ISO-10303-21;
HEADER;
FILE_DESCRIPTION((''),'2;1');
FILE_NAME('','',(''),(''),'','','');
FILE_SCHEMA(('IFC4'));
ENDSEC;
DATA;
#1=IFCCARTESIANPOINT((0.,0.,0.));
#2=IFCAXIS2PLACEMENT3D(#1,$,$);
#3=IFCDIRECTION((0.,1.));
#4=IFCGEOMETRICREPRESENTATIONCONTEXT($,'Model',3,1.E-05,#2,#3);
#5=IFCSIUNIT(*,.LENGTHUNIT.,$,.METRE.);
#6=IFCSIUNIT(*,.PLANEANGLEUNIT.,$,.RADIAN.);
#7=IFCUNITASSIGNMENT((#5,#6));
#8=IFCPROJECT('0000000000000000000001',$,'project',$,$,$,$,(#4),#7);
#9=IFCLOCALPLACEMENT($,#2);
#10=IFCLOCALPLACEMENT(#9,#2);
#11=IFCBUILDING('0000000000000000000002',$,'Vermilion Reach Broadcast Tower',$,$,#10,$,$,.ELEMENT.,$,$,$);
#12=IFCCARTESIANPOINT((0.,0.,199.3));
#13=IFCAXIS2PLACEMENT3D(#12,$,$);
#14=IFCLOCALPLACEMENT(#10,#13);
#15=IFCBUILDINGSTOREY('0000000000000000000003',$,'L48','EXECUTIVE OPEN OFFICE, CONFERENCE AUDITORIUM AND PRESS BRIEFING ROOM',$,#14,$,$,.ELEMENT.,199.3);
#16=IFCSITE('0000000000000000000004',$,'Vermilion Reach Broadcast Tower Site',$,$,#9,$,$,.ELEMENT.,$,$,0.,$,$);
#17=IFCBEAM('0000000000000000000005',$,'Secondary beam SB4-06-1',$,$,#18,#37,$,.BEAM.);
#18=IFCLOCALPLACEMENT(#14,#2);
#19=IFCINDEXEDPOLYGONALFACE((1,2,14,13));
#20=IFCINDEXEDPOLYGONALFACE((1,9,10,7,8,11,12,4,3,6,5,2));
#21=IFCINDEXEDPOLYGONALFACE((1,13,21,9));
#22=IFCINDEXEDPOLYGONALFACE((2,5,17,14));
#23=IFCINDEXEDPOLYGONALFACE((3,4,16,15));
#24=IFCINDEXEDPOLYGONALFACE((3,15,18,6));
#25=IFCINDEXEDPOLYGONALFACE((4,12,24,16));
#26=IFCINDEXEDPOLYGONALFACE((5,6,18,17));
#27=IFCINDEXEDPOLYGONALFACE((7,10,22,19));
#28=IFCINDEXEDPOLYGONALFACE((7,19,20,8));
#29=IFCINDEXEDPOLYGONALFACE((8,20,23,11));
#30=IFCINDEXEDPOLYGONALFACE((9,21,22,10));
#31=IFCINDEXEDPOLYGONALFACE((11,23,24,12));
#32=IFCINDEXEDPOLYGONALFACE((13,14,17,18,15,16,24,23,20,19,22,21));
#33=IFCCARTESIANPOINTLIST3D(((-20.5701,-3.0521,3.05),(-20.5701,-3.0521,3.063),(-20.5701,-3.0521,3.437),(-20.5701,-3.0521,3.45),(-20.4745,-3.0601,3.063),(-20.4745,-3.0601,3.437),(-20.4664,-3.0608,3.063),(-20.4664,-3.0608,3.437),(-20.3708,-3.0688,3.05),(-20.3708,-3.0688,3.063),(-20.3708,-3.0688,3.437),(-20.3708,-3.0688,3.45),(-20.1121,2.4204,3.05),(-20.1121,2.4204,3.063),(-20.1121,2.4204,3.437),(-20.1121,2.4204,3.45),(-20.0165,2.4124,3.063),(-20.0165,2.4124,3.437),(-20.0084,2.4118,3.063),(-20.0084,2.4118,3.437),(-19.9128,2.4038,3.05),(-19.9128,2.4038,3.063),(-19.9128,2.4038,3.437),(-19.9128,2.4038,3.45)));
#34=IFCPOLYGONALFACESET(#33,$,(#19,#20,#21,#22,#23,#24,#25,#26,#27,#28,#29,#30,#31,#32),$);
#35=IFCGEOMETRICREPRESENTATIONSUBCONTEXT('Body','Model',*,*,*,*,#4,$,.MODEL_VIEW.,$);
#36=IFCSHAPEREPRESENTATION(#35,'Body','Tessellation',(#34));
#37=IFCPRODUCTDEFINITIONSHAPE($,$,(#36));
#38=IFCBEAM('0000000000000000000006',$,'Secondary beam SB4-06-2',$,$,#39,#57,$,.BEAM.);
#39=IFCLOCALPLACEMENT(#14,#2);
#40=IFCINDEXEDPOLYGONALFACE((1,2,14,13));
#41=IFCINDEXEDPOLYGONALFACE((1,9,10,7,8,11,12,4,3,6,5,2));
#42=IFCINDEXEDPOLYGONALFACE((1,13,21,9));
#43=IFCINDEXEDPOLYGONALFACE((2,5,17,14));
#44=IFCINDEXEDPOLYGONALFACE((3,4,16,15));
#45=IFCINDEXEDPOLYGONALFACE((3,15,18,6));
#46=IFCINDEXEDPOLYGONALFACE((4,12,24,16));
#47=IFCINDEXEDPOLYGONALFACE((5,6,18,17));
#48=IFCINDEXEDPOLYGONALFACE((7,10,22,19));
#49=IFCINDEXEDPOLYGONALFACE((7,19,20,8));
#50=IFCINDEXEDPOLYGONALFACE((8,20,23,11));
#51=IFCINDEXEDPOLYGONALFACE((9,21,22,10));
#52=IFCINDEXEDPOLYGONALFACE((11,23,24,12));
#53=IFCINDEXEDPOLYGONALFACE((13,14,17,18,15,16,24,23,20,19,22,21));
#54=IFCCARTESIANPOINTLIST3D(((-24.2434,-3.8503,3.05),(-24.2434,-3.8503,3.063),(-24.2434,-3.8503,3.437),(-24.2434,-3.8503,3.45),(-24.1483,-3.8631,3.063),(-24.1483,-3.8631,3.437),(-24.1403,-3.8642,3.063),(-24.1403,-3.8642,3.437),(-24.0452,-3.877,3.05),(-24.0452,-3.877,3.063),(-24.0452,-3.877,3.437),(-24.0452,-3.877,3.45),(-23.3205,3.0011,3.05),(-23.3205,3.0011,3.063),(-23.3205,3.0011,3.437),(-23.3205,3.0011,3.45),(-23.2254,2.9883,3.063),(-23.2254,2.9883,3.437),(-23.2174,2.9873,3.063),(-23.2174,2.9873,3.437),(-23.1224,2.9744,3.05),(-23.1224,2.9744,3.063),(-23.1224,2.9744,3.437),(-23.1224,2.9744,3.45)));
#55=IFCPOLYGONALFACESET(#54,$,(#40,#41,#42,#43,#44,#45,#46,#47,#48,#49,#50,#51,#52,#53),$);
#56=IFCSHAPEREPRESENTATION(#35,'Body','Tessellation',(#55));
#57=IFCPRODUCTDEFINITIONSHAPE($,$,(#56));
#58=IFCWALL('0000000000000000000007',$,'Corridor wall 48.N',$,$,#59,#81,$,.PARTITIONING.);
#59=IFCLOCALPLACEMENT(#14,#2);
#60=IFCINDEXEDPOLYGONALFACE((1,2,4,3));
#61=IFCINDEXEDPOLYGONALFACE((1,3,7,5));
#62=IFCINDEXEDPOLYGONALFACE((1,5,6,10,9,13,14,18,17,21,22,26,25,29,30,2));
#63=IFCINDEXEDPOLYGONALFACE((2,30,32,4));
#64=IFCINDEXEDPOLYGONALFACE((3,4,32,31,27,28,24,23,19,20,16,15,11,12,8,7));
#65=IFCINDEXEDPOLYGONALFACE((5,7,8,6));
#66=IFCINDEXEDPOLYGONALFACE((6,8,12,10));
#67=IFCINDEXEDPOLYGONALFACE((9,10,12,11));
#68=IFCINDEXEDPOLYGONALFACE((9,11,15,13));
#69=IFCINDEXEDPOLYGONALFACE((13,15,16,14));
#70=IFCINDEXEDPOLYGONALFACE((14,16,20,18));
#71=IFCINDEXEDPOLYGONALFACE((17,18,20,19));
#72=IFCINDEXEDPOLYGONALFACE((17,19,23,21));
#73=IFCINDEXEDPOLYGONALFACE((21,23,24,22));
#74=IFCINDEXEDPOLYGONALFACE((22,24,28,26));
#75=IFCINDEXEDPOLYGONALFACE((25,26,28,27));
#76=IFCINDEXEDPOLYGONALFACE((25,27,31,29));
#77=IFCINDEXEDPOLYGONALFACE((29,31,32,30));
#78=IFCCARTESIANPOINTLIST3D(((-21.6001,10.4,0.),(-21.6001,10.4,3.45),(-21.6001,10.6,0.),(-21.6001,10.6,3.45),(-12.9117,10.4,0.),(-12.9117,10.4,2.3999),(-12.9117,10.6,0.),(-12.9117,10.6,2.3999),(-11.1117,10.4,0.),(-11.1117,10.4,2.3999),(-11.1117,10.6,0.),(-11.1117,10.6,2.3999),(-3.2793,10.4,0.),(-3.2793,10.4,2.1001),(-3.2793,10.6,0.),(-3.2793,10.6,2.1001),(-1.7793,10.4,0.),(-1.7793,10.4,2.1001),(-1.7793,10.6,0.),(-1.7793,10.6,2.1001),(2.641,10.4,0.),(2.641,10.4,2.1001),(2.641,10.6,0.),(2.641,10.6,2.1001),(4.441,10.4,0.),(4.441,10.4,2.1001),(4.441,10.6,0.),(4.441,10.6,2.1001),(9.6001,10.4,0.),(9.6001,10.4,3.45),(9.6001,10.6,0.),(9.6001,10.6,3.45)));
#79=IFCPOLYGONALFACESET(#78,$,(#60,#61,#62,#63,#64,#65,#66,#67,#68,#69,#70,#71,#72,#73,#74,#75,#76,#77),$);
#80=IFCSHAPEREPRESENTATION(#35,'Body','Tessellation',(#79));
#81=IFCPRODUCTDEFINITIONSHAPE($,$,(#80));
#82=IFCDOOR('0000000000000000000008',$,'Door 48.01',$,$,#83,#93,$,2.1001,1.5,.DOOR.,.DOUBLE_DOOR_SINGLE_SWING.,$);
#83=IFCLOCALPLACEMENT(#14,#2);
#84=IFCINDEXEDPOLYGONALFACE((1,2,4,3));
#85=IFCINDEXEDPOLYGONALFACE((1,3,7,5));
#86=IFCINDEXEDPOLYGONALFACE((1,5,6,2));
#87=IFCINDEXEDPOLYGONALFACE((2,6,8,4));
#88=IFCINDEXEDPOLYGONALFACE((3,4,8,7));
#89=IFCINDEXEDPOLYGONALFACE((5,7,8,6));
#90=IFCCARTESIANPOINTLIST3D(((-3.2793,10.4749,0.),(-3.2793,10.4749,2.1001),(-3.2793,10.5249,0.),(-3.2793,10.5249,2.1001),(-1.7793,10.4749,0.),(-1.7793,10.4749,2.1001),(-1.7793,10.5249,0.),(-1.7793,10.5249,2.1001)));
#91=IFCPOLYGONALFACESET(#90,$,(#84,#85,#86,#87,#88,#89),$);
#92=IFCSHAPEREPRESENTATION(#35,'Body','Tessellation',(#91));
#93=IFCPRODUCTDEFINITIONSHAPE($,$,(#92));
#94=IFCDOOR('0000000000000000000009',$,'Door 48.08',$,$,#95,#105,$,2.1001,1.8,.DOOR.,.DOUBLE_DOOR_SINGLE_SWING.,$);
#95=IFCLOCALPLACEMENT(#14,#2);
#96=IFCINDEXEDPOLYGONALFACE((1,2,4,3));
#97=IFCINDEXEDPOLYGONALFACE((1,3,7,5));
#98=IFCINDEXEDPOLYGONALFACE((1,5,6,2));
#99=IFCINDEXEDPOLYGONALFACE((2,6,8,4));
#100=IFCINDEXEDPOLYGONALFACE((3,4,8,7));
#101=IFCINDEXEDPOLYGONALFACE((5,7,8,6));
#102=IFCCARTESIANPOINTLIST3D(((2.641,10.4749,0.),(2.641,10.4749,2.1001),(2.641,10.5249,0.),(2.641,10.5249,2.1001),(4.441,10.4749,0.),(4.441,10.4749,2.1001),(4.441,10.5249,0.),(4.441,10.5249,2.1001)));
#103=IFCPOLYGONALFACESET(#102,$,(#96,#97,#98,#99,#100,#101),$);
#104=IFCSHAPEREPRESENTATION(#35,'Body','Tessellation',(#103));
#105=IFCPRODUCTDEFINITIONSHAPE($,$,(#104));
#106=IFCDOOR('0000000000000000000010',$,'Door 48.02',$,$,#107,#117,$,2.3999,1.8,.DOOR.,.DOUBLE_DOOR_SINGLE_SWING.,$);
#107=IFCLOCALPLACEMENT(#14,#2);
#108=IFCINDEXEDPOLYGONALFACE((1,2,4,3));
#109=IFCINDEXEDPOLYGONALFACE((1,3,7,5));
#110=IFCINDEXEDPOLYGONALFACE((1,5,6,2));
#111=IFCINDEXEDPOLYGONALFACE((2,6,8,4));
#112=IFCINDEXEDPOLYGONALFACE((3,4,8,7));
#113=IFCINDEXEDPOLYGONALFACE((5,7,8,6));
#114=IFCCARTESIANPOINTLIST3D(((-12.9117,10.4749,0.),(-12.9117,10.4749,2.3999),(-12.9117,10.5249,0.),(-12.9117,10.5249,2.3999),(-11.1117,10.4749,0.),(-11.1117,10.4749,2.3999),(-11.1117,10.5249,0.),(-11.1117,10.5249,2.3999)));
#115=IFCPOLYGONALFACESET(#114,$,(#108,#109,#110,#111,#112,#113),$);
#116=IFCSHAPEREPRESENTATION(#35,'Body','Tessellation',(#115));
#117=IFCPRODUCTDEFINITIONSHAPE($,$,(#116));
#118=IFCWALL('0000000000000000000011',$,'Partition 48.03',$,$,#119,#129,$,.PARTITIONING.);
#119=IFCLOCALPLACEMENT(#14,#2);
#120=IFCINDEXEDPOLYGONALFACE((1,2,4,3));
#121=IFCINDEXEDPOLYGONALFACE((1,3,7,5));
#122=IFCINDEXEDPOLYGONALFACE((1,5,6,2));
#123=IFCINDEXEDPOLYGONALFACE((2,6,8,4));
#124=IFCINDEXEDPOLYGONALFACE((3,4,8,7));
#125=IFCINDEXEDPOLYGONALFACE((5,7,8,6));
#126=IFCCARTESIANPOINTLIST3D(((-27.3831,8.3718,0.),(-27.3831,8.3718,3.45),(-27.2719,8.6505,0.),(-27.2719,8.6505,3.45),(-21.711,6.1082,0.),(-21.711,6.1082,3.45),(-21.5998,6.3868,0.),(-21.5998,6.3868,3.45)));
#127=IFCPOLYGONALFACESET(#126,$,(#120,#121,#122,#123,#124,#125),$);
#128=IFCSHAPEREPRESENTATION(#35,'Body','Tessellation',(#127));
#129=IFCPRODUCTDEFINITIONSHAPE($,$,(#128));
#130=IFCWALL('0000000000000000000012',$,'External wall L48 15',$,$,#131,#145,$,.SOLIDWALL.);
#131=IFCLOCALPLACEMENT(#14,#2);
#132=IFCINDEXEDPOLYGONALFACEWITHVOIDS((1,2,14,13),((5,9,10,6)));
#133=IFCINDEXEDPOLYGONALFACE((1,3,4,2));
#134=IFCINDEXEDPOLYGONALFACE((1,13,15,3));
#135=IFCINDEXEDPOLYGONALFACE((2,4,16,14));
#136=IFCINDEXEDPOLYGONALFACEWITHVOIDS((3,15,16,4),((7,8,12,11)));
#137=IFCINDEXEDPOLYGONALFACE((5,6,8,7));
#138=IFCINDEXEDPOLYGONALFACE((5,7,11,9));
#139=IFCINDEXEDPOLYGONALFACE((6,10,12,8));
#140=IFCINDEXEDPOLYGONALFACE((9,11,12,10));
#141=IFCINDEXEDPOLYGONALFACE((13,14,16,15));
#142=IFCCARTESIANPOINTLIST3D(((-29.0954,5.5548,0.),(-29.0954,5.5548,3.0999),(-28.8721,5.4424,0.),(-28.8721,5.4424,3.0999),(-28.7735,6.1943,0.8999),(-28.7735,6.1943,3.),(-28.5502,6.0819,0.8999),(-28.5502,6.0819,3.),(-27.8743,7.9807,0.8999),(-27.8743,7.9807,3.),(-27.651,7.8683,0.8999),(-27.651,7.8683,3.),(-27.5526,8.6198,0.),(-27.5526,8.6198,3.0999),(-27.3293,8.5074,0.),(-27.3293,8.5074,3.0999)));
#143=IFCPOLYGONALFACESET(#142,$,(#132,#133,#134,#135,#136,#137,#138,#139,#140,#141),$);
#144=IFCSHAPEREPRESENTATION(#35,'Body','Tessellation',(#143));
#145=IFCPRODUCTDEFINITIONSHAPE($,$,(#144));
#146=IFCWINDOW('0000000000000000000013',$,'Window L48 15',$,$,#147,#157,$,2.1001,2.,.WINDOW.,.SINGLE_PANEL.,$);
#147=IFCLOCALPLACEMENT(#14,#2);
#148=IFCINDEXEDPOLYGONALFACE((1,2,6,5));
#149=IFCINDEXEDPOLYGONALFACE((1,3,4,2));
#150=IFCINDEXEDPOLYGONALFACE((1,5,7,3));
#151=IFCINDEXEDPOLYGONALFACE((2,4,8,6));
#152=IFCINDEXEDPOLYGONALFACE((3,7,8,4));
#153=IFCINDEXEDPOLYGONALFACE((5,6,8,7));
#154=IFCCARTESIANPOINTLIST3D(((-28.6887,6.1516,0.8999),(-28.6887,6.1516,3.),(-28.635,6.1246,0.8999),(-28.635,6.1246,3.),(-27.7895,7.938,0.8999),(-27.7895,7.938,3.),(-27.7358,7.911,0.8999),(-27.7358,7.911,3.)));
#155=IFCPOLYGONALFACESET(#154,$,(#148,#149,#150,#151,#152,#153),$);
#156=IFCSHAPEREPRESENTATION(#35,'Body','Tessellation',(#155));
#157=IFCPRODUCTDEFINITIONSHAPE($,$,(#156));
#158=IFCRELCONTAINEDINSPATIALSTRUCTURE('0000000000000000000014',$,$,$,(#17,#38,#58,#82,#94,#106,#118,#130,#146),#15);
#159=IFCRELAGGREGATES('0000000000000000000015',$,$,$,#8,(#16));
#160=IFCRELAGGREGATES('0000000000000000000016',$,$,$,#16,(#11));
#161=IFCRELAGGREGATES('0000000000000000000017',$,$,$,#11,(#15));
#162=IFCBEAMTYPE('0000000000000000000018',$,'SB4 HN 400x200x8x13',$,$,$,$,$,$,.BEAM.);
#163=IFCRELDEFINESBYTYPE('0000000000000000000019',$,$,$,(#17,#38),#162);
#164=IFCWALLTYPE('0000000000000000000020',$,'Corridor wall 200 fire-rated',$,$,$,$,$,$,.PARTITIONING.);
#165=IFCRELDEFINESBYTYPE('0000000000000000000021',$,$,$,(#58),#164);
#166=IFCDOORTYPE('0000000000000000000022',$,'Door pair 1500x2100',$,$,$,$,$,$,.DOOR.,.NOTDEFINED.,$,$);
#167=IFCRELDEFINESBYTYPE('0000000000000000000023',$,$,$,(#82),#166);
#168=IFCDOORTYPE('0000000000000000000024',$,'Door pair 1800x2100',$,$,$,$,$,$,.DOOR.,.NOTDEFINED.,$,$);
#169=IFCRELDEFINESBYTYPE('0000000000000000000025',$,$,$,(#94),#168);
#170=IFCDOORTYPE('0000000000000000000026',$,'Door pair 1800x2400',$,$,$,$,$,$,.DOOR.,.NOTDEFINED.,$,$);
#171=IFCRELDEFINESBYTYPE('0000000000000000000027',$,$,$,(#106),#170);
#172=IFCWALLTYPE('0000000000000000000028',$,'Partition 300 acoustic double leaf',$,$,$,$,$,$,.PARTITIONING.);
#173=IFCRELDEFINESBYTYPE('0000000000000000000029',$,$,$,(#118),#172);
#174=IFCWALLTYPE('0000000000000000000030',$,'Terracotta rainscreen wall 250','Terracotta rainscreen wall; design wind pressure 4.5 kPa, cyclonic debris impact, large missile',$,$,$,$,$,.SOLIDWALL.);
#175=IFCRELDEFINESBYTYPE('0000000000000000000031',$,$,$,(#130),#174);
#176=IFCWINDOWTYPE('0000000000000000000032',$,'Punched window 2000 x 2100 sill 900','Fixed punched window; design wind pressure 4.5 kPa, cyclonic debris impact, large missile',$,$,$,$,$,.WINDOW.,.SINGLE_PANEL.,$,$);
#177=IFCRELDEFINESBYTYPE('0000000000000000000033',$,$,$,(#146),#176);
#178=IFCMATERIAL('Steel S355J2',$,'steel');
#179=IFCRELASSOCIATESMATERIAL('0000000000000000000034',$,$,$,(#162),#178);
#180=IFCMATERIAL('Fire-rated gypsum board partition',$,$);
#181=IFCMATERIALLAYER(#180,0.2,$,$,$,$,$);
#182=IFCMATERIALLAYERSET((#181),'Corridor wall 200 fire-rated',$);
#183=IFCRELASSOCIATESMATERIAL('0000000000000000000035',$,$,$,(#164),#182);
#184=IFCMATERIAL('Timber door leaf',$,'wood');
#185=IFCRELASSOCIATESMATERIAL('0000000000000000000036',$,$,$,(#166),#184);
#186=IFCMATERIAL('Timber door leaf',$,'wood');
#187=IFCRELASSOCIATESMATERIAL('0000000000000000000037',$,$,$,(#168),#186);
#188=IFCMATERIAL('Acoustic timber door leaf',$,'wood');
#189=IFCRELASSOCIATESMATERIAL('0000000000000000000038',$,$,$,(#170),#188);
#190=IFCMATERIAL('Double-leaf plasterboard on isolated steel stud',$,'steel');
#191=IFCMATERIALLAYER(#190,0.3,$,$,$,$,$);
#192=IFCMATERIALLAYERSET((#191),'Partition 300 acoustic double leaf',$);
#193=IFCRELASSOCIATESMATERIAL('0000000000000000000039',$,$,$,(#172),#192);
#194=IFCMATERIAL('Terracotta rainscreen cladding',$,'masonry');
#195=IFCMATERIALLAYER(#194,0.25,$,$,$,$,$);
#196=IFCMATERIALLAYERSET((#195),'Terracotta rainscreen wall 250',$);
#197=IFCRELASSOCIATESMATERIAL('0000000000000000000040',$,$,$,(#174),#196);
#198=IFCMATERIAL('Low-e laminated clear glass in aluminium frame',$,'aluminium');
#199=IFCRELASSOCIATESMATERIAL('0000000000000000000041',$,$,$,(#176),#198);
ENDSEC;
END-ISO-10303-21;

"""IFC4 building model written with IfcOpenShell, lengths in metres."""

from ifc_helpers import new_model, si_unit, direction, frame, frame_2d, origin, origin_2d, place, context, subcontext, project, spatial, rectangle, i_section, extrude, material, layer, layer_set, material_profile, profile_set, type_object, element, fill, save


model = new_model("IFC4")

# Units and contexts
model_context = context("Model", 3, precision=1e-05, world=origin(), true_north=direction((0.0, 1.0)))
body_context = subcontext(model_context, "Body", "Model", "MODEL_VIEW")
ifc_project = project(units=[si_unit("LENGTHUNIT", "METRE"), si_unit("PLANEANGLEUNIT", "RADIAN")], contexts=[model_context])

# Site, building, storey
site_placement = place(None, origin())
site = spatial("IfcSite", under=ifc_project, at=site_placement, Name="Vermilion Reach Broadcast Tower Site", CompositionType="ELEMENT", RefElevation=0.0)
building_placement = place(site_placement, origin())
building = spatial("IfcBuilding", under=site, at=building_placement, Name="Vermilion Reach Broadcast Tower", CompositionType="ELEMENT")
storey_placement = place(building_placement, frame((0.0, 0.0, 199.3)))
storey = spatial("IfcBuildingStorey", under=building, at=storey_placement, Name="L48", Description="EXECUTIVE OPEN OFFICE, CONFERENCE AUDITORIUM AND PRESS BRIEFING ROOM", CompositionType="ELEMENT", Elevation=199.3)

# Beams
ifc_material_1 = material(Name="Steel S355J2", Category="steel")
ifc_material_profile_1 = material_profile(ifc_material_1, i_section(OverallWidth=0.2, OverallDepth=0.3999, WebThickness=0.0081, FlangeThickness=0.0129, at=origin_2d()), Name="S355J2 HN 400x200x8x13")
ifc_profile_set_1 = profile_set([ifc_material_profile_1], Name="Steel S355J2")
beam_type_1 = type_object("IfcBeamType", Name="SB4 HN 400x200x8x13", PredefinedType="BEAM", material=ifc_profile_set_1)
beam_1_placement = place(storey_placement, frame((-20.0125, 2.4121, 3.25), z_axis=(-0.083399, -0.996516, 0.0), x_axis=(0.996516, -0.083399, 0.0)))
element("IfcBeam", 1, at=beam_1_placement, inside=storey, type_object=beam_type_1, Name="Secondary beam SB4-06-1", PredefinedType="BEAM", context=body_context, shape_type="SweptSolid", body=[
    extrude(i_section(OverallWidth=0.2, OverallDepth=0.3999, WebThickness=0.0081, FlangeThickness=0.0129, at=origin_2d()), origin(), (0.0, 0.0, 1.0), 5.4917),
])
beam_2_placement = place(storey_placement, frame((-23.2214, 2.9878, 3.25), z_axis=(-0.133487, -0.991051, 0.0), x_axis=(0.991051, -0.133487, 0.0)))
element("IfcBeam", 2, at=beam_2_placement, inside=storey, type_object=beam_type_1, Name="Secondary beam SB4-06-2", PredefinedType="BEAM", context=body_context, shape_type="SweptSolid", body=[
    extrude(i_section(OverallWidth=0.2, OverallDepth=0.3999, WebThickness=0.0081, FlangeThickness=0.0129, at=origin_2d()), origin(), (0.0, 0.0, 1.0), 6.9133),
])

# Wall, openings, doors
ifc_material_2 = material(Name="Fire-rated gypsum board partition")
ifc_layer_1 = layer(ifc_material_2, 0.2)
ifc_layer_set_1 = layer_set([ifc_layer_1], Name="Corridor wall 200 fire-rated")
wall_type_1 = type_object("IfcWallType", Name="Corridor wall 200 fire-rated", PredefinedType="PARTITIONING", material=ifc_layer_set_1)
wall_1_placement = place(storey_placement, frame((-21.6001, 10.5, 0.0), z_axis=(0.0, 0.0, 1.0), x_axis=(1.0, 0.0, 0.0)))
wall_1 = element("IfcWall", 3, at=wall_1_placement, inside=storey, type_object=wall_type_1, Name="Corridor wall 48.N", PredefinedType="PARTITIONING", context=body_context, shape_type="SweptSolid", body=[
    extrude(rectangle(XDim=31.2002, YDim=0.2, at=frame_2d((15.6001, 0.0))), origin(), (0.0, 0.0, 1.0), 3.45),
])
opening_1_placement = place(wall_1_placement, frame((18.3208, 0.0, 0.0)))
opening_1 = element("IfcOpeningElement", 4, at=opening_1_placement, cuts=wall_1, PredefinedType="OPENING", context=body_context, shape_type="SweptSolid", body=[
    extrude(rectangle(XDim=1.5, YDim=2.1001, at=frame_2d((0.75, 1.05))), frame((0.0, 0.1099, 0.0), z_axis=(0.0, -1.0, 0.0), x_axis=(1.0, 0.0, 0.0)), (0.0, 0.0, 1.0), 0.22),
])
opening_2_placement = place(wall_1_placement, frame((8.6885, 0.0, 0.0)))
opening_2 = element("IfcOpeningElement", 5, at=opening_2_placement, cuts=wall_1, PredefinedType="OPENING", context=body_context, shape_type="SweptSolid", body=[
    extrude(rectangle(XDim=1.8, YDim=2.3999, at=frame_2d((0.8999, 1.2))), frame((0.0, 0.1099, 0.0), z_axis=(0.0, -1.0, 0.0), x_axis=(1.0, 0.0, 0.0)), (0.0, 0.0, 1.0), 0.22),
])
opening_3_placement = place(wall_1_placement, frame((24.2412, 0.0, 0.0)))
opening_3 = element("IfcOpeningElement", 6, at=opening_3_placement, cuts=wall_1, PredefinedType="OPENING", context=body_context, shape_type="SweptSolid", body=[
    extrude(rectangle(XDim=1.8, YDim=2.1001, at=frame_2d((0.8999, 1.05))), frame((0.0, 0.1099, 0.0), z_axis=(0.0, -1.0, 0.0), x_axis=(1.0, 0.0, 0.0)), (0.0, 0.0, 1.0), 0.22),
])
ifc_material_3 = material(Name="Timber door leaf", Category="wood")
door_type_1 = type_object("IfcDoorType", Name="Door pair 1500x2100", OperationType="NOTDEFINED", PredefinedType="DOOR", material=ifc_material_3)
door_1_placement = place(opening_1_placement, origin())
door_1 = element("IfcDoor", 7, at=door_1_placement, inside=storey, type_object=door_type_1, Name="Door 48.01", OperationType="DOUBLE_DOOR_SINGLE_SWING", OverallHeight=2.1001, OverallWidth=1.5, PredefinedType="DOOR", context=body_context, shape_type="SweptSolid", body=[
    extrude(rectangle(XDim=1.5, YDim=2.1001, at=frame_2d((0.75, 1.05))), frame((0.0, 0.0249, 0.0), z_axis=(0.0, -1.0, 0.0), x_axis=(1.0, 0.0, 0.0)), (0.0, 0.0, 1.0), 0.05),
])
fill(opening_1, door_1)
ifc_material_4 = material(Name="Timber door leaf", Category="wood")
door_type_2 = type_object("IfcDoorType", Name="Door pair 1800x2100", OperationType="NOTDEFINED", PredefinedType="DOOR", material=ifc_material_4)
door_2_placement = place(opening_3_placement, origin())
door_2 = element("IfcDoor", 8, at=door_2_placement, inside=storey, type_object=door_type_2, Name="Door 48.08", OperationType="DOUBLE_DOOR_SINGLE_SWING", OverallHeight=2.1001, OverallWidth=1.8, PredefinedType="DOOR", context=body_context, shape_type="SweptSolid", body=[
    extrude(rectangle(XDim=1.8, YDim=2.1001, at=frame_2d((0.8999, 1.05))), frame((0.0, 0.0249, 0.0), z_axis=(0.0, -1.0, 0.0), x_axis=(1.0, 0.0, 0.0)), (0.0, 0.0, 1.0), 0.05),
])
fill(opening_3, door_2)
ifc_material_5 = material(Name="Acoustic timber door leaf", Category="wood")
door_type_3 = type_object("IfcDoorType", Name="Door pair 1800x2400", OperationType="NOTDEFINED", PredefinedType="DOOR", material=ifc_material_5)
door_3_placement = place(opening_2_placement, origin())
door_3 = element("IfcDoor", 9, at=door_3_placement, inside=storey, type_object=door_type_3, Name="Door 48.02", OperationType="DOUBLE_DOOR_SINGLE_SWING", OverallHeight=2.3999, OverallWidth=1.8, PredefinedType="DOOR", context=body_context, shape_type="SweptSolid", body=[
    extrude(rectangle(XDim=1.8, YDim=2.3999, at=frame_2d((0.8999, 1.2))), frame((0.0, 0.0249, 0.0), z_axis=(0.0, -1.0, 0.0), x_axis=(1.0, 0.0, 0.0)), (0.0, 0.0, 1.0), 0.05),
])
fill(opening_2, door_3)

# Wall
ifc_material_6 = material(Name="Double-leaf plasterboard on isolated steel stud", Category="steel")
ifc_layer_2 = layer(ifc_material_6, 0.3)
ifc_layer_set_2 = layer_set([ifc_layer_2], Name="Partition 300 acoustic double leaf")
wall_type_2 = type_object("IfcWallType", Name="Partition 300 acoustic double leaf", PredefinedType="PARTITIONING", material=ifc_layer_set_2)
wall_2_placement = place(storey_placement, frame((-27.3276, 8.5112, 0.0), z_axis=(0.0, 0.0, 1.0), x_axis=(0.928769, -0.37066, 0.0)))
element("IfcWall", 10, at=wall_2_placement, inside=storey, type_object=wall_type_2, Name="Partition 48.03", PredefinedType="PARTITIONING", context=body_context, shape_type="SweptSolid", body=[
    extrude(rectangle(XDim=6.1072, YDim=0.3, at=frame_2d((3.0537, 0.0))), origin(), (0.0, 0.0, 1.0), 3.45),
])

# Wall, opening, window
ifc_material_7 = material(Name="Terracotta rainscreen cladding", Category="masonry")
ifc_layer_3 = layer(ifc_material_7, 0.25)
ifc_layer_set_3 = layer_set([ifc_layer_3], Name="Terracotta rainscreen wall 250")
wall_type_3 = type_object("IfcWallType", Name="Terracotta rainscreen wall 250", Description="Terracotta rainscreen wall; design wind pressure 4.5 kPa, cyclonic debris impact, large missile", PredefinedType="SOLIDWALL", material=ifc_layer_set_3)
wall_3_placement = place(storey_placement, frame((-27.4409, 8.5637, 0.0), z_axis=(0.0, 0.0, 1.0), x_axis=(-0.449603, -0.893229, 0.0)))
wall_3 = element("IfcWall", 11, at=wall_3_placement, inside=storey, type_object=wall_type_3, Name="External wall L48 15", PredefinedType="SOLIDWALL", context=body_context, shape_type="SweptSolid", body=[
    extrude(rectangle(XDim=3.4314, YDim=0.25, at=frame_2d((1.7158, 0.0))), origin(), (0.0, 0.0, 1.0), 3.0999),
])
opening_4_placement = place(wall_3_placement, frame((0.7156, 0.0, 0.8999)))
opening_4 = element("IfcOpeningElement", 12, at=opening_4_placement, cuts=wall_3, PredefinedType="OPENING", context=body_context, shape_type="SweptSolid", body=[
    extrude(rectangle(XDim=2.0, YDim=2.1001, at=frame_2d((1.0, 1.05))), frame((0.0, 0.135, 0.0), z_axis=(0.0, -1.0, 0.0), x_axis=(1.0, 0.0, 0.0)), (0.0, 0.0, 1.0), 0.27),
])
ifc_material_8 = material(Name="Low-e laminated clear glass in aluminium frame", Category="aluminium")
window_type = type_object("IfcWindowType", Name="Punched window 2000 x 2100 sill 900", Description="Fixed punched window; design wind pressure 4.5 kPa, cyclonic debris impact, large missile", PartitioningType="SINGLE_PANEL", PredefinedType="WINDOW", material=ifc_material_8)
window_1_placement = place(opening_4_placement, origin())
window_1 = element("IfcWindow", 13, at=window_1_placement, inside=storey, type_object=window_type, Name="Window L48 15", OverallHeight=2.1001, OverallWidth=2.0, PartitioningType="SINGLE_PANEL", PredefinedType="WINDOW", context=body_context, shape_type="SweptSolid", body=[
    extrude(rectangle(XDim=2.0, YDim=2.1001, at=frame_2d((1.0, 1.05))), frame((0.0, 0.03, 0.0), z_axis=(0.0, -1.0, 0.0), x_axis=(1.0, 0.0, 0.0)), (0.0, 0.0, 1.0), 0.0601),
])
fill(opening_4, window_1)

save(model, "model.ifc")
